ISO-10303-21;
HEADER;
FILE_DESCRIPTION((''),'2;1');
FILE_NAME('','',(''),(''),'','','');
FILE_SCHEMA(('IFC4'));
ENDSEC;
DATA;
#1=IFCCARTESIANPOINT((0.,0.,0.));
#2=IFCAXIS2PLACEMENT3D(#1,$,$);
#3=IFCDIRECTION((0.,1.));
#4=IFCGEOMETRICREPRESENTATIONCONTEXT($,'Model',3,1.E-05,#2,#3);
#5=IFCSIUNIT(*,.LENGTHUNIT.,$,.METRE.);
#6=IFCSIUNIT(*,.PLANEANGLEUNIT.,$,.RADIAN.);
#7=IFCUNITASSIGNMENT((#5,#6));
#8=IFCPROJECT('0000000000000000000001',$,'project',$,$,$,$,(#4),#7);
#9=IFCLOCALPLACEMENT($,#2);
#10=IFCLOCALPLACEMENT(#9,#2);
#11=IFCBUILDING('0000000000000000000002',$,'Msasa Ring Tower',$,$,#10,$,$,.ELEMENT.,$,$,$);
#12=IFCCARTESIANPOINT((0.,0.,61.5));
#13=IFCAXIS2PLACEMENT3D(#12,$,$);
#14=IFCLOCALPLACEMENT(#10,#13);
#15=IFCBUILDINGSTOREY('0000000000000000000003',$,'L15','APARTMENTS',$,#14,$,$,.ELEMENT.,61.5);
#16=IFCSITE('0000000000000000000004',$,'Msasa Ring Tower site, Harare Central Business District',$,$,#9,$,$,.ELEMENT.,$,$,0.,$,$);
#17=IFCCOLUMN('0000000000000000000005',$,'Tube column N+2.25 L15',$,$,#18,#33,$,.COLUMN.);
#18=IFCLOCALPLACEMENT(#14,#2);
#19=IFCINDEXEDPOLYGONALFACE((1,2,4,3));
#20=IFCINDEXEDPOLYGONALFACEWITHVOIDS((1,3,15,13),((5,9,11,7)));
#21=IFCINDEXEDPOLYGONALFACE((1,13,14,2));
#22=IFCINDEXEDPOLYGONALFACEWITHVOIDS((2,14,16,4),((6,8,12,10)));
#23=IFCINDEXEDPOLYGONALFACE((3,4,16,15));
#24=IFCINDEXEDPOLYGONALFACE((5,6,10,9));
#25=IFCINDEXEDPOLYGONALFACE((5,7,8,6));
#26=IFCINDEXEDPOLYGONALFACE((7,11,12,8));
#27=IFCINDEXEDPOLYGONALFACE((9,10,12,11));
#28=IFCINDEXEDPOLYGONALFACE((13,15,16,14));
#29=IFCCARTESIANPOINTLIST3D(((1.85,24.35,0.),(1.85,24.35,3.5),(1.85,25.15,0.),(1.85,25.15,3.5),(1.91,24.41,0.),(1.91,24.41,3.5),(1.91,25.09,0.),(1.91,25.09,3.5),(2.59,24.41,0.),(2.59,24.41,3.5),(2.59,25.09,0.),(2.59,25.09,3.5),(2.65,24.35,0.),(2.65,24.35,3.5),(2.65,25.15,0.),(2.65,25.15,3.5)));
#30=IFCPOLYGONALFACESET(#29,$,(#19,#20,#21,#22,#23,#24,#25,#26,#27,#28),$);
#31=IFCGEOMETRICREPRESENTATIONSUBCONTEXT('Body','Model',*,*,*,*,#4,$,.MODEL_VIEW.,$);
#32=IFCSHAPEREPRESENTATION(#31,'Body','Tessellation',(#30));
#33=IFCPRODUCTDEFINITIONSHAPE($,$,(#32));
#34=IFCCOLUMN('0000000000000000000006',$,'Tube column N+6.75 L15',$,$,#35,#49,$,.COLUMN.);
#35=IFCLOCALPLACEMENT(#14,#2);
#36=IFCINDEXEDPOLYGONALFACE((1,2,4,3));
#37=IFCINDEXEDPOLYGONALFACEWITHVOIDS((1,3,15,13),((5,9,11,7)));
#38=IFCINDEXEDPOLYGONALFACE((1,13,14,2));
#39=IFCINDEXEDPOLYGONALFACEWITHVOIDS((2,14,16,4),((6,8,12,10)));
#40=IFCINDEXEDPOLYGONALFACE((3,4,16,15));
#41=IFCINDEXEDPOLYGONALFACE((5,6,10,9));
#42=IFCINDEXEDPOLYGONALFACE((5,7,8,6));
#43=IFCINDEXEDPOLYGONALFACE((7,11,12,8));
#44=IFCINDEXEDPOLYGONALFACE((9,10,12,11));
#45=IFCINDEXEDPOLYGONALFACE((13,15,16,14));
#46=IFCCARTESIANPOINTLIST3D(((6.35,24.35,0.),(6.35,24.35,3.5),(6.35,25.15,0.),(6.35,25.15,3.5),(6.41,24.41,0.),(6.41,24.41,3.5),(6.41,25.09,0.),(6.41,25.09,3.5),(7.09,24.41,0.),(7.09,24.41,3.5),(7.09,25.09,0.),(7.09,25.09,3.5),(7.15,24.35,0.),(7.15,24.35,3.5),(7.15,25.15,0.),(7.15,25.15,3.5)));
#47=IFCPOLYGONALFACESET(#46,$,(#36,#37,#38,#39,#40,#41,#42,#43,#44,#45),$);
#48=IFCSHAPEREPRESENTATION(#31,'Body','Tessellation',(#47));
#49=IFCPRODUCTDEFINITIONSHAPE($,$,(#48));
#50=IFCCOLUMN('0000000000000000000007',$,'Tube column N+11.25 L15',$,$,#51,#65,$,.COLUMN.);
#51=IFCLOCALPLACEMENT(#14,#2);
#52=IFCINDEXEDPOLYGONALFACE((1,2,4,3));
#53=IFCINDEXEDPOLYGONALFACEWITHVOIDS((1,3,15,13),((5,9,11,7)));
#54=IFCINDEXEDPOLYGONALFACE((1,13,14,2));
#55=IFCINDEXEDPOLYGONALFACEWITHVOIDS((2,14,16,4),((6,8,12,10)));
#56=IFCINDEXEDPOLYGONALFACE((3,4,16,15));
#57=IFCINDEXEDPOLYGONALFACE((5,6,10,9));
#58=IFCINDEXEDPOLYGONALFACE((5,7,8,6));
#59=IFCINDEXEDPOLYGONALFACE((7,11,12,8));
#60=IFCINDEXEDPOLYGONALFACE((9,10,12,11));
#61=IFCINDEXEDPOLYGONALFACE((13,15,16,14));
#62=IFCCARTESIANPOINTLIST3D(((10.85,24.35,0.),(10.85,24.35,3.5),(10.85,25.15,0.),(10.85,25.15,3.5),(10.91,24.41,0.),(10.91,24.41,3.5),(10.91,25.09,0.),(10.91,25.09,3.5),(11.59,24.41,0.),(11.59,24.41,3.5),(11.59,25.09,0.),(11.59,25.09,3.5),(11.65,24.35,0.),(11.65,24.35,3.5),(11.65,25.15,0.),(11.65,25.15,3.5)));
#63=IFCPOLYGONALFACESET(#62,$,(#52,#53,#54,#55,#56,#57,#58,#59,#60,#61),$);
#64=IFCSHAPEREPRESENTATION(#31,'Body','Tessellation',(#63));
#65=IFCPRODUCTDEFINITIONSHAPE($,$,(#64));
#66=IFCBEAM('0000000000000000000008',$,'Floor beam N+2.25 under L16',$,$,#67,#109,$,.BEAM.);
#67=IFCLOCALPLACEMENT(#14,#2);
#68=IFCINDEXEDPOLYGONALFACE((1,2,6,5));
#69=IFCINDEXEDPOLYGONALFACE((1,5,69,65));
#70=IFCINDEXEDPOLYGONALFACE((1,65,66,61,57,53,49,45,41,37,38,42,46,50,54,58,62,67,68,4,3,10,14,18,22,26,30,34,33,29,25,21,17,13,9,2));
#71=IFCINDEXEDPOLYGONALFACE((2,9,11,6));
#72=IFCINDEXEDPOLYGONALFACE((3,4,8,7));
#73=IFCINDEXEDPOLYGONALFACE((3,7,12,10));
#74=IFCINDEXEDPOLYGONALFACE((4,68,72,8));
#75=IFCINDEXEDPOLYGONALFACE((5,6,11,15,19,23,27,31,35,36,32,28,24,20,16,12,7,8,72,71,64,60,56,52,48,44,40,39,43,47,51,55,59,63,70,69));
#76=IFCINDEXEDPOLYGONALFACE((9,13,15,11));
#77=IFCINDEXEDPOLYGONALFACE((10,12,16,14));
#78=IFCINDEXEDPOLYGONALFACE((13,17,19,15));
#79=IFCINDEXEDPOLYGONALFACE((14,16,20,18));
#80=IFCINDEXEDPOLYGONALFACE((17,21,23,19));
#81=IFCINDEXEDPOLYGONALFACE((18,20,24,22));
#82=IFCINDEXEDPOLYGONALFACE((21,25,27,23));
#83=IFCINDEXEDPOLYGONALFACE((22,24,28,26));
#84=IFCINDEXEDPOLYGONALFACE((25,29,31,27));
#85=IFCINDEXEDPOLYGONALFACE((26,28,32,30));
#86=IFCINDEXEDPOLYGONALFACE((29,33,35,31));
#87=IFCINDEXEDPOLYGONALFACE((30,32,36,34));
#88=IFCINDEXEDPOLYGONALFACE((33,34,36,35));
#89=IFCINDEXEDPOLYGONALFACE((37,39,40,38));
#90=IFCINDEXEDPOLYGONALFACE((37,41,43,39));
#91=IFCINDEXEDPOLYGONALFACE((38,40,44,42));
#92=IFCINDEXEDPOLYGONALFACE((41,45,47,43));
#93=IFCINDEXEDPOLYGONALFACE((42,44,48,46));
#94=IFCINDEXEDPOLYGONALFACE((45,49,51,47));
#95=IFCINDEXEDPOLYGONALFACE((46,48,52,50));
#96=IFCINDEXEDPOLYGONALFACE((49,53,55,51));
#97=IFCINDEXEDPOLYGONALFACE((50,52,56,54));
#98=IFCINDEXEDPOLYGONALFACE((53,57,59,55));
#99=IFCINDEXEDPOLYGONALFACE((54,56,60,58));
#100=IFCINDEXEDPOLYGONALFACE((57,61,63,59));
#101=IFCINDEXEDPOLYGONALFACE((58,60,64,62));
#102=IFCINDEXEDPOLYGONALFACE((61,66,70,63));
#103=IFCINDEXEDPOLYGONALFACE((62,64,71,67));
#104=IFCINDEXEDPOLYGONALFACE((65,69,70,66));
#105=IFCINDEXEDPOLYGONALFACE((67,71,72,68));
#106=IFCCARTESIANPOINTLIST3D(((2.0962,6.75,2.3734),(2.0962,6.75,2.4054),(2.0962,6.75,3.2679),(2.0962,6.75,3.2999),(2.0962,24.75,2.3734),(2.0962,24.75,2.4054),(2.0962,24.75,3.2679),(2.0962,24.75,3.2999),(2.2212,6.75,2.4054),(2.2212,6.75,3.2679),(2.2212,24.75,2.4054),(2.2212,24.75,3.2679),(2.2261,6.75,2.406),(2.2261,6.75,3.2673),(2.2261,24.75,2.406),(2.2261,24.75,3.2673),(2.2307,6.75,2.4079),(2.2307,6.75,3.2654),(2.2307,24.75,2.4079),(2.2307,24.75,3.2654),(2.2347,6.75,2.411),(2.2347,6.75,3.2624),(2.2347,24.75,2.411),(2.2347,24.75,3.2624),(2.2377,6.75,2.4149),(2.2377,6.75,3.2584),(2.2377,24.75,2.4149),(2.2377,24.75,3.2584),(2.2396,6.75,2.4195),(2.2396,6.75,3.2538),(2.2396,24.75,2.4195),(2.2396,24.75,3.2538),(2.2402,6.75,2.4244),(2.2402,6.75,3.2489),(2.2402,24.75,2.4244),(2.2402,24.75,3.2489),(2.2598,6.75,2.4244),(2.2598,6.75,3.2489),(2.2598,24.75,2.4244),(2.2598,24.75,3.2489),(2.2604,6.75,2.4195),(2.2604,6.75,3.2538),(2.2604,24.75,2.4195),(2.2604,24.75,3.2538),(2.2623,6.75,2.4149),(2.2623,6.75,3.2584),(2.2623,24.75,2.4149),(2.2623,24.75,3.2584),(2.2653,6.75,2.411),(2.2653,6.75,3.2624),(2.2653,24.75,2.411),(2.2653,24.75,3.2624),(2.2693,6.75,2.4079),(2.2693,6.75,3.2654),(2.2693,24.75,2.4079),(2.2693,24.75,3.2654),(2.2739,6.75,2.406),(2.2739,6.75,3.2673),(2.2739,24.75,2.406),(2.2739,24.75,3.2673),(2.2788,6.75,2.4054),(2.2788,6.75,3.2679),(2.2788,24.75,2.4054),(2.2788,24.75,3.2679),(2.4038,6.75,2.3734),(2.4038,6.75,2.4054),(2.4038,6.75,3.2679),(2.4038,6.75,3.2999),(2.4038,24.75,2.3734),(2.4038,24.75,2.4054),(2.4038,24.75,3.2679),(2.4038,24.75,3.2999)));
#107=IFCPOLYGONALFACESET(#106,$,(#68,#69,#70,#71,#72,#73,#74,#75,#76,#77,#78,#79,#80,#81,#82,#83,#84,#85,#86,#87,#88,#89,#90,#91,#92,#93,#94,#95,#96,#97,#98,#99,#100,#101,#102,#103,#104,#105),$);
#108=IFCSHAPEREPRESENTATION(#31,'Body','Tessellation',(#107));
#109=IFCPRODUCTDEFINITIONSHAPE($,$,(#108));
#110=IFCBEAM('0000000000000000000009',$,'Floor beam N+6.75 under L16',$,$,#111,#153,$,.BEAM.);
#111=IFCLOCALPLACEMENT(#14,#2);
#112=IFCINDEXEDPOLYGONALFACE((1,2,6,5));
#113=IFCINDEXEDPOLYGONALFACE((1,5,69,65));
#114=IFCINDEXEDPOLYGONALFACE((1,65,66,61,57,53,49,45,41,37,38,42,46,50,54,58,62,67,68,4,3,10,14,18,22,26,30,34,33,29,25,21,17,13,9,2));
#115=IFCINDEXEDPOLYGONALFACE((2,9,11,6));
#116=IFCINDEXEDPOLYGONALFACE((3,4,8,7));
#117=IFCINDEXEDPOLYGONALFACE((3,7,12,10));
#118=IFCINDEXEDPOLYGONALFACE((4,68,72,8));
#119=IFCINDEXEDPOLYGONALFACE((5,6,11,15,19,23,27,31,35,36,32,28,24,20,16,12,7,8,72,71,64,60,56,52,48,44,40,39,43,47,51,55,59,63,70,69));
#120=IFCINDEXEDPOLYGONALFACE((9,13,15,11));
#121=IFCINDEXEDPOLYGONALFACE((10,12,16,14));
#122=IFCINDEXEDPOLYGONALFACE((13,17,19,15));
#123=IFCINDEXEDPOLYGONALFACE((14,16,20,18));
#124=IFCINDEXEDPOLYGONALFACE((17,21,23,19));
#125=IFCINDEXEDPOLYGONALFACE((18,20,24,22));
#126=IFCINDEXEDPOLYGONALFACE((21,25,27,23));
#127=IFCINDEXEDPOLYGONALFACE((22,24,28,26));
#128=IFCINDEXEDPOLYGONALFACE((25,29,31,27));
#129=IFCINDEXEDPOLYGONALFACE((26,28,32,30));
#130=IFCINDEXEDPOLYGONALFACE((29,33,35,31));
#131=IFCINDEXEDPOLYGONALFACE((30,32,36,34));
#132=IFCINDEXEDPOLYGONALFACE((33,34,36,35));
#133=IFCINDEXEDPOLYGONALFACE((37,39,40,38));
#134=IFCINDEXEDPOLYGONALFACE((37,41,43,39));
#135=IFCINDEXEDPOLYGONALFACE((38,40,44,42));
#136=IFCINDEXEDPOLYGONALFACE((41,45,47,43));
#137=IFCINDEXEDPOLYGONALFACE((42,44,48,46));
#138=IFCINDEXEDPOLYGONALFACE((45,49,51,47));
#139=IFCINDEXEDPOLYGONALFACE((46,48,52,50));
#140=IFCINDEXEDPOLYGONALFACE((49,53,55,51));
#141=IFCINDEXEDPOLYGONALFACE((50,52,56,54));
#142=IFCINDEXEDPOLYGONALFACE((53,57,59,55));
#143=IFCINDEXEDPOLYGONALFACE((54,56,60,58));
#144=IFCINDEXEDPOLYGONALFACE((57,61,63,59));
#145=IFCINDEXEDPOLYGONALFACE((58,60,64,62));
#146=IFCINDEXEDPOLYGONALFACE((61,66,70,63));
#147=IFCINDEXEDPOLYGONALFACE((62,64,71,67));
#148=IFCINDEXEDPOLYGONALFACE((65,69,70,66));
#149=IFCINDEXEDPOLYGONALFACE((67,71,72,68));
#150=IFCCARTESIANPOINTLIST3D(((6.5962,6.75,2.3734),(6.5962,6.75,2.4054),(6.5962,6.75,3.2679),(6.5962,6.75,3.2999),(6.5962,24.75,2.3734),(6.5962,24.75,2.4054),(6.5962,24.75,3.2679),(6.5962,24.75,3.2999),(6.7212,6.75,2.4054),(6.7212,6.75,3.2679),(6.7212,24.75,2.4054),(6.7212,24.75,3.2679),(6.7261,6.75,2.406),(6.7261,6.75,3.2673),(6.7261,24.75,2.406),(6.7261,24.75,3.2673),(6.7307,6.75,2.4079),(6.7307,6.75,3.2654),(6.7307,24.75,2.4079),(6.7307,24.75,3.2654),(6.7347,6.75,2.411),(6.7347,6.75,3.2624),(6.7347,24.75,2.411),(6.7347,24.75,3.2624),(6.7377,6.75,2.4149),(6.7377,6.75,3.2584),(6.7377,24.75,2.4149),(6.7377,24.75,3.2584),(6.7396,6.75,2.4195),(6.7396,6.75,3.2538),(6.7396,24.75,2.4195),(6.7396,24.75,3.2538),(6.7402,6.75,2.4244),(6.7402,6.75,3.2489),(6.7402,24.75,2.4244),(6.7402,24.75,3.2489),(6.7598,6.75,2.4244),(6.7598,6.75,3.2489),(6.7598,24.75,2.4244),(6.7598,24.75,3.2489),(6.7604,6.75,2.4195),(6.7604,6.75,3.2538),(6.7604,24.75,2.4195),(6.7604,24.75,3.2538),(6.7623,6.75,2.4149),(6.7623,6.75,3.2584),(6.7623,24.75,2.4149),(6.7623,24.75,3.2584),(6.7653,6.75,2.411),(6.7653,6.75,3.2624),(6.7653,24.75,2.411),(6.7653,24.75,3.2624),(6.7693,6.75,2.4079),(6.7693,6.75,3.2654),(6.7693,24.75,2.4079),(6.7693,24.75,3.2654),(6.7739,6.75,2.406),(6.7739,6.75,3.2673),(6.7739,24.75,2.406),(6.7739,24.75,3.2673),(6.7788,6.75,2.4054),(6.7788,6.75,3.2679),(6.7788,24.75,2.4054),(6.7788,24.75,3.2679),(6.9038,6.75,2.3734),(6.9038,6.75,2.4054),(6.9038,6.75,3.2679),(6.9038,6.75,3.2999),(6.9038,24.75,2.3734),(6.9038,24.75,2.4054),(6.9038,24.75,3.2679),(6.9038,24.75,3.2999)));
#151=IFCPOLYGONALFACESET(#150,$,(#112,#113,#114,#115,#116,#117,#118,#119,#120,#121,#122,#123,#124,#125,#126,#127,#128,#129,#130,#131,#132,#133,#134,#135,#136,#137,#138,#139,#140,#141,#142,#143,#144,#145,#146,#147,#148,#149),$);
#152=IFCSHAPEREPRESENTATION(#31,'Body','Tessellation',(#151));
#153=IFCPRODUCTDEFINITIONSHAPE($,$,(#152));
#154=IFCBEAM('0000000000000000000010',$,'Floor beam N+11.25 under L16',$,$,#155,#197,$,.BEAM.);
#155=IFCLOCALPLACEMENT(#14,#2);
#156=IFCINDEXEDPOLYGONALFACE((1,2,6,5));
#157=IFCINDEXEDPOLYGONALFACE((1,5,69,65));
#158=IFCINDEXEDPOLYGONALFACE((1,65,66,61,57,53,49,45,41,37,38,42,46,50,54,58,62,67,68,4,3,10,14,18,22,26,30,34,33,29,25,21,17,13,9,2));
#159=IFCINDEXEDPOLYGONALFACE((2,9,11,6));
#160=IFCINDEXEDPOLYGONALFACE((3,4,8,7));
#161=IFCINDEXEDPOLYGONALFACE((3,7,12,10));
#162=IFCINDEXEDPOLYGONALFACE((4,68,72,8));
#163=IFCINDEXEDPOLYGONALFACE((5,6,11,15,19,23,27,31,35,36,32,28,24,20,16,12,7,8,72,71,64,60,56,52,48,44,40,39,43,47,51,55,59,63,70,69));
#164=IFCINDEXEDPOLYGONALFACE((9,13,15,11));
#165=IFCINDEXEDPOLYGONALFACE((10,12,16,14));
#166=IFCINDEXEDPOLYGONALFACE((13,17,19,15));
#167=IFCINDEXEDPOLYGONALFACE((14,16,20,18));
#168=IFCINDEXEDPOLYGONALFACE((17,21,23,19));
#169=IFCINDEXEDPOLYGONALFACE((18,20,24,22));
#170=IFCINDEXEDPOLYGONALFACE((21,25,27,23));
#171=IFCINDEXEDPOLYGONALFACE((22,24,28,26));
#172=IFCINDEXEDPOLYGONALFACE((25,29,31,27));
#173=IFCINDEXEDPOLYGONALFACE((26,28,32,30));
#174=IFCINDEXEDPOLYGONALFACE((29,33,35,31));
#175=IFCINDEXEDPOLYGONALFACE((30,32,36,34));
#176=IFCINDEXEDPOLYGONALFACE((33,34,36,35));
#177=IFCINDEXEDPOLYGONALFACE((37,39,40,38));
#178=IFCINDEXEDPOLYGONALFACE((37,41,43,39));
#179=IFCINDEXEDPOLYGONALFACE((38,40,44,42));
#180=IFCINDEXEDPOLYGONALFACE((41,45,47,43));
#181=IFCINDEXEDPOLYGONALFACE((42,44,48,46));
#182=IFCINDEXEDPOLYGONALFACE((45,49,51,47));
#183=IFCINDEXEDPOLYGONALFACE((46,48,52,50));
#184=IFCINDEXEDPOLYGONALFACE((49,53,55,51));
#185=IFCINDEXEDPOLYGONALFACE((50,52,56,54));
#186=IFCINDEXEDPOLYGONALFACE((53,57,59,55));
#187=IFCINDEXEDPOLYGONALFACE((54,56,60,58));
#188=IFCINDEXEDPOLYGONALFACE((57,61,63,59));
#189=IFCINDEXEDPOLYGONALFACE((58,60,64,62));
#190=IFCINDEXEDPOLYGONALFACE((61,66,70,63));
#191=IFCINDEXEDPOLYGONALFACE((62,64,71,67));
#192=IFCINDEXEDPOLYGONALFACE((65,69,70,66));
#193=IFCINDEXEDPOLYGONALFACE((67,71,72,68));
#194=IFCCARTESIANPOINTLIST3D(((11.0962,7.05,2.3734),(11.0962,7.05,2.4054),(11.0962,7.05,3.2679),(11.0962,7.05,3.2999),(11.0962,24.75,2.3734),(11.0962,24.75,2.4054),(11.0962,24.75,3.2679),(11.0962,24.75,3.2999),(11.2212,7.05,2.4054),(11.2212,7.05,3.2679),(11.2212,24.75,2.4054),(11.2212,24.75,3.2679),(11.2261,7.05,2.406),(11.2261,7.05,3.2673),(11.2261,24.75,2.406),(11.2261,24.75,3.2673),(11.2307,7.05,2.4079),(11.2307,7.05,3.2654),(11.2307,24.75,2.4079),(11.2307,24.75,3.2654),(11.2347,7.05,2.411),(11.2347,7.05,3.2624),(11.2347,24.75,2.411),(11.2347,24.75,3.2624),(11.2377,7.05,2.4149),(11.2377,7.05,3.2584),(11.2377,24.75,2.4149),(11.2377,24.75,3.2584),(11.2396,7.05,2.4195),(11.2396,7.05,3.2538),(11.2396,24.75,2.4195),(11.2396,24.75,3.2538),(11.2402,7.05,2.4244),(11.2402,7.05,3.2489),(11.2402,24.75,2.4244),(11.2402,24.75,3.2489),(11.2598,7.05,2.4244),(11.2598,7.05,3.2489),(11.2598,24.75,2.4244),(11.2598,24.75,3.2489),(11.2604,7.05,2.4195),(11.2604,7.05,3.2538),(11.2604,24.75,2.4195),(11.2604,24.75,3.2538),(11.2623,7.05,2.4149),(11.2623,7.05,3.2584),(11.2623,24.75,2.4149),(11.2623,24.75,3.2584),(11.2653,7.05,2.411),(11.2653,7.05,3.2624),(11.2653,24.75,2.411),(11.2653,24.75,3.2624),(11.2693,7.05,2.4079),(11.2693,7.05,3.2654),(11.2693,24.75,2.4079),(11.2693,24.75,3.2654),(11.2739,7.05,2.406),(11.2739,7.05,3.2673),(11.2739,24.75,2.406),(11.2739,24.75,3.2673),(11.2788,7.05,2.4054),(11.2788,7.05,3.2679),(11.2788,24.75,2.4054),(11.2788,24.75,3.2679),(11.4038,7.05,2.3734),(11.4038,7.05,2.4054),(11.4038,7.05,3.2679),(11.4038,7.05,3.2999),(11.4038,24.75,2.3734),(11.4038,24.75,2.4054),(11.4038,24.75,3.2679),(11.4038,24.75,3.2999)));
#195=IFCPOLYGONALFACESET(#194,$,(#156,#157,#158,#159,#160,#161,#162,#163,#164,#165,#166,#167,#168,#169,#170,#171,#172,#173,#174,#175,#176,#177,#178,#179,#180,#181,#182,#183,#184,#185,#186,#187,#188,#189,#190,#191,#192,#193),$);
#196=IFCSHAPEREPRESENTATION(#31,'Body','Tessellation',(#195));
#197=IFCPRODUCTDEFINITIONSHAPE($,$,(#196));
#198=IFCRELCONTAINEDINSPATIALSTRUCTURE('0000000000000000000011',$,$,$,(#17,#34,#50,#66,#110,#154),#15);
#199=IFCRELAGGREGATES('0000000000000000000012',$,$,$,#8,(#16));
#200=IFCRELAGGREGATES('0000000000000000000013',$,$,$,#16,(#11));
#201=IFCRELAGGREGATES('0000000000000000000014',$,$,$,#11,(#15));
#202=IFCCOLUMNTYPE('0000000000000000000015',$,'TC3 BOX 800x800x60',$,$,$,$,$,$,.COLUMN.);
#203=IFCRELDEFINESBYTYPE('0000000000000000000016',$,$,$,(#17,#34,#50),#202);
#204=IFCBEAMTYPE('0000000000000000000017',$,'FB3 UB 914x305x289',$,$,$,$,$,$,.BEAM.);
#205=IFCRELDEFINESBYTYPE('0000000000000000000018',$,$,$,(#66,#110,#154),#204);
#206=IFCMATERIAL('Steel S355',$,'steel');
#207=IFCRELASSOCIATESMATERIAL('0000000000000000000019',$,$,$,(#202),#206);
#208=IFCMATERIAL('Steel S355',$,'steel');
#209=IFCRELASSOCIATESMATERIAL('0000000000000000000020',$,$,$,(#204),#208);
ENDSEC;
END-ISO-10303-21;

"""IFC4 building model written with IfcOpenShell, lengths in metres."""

from ifc_helpers import new_model, si_unit, direction, frame, origin, origin_2d, place, context, subcontext, project, spatial, hollow_rectangle, i_section, extrude, material, material_profile, profile_set, type_object, element, save


model = new_model("IFC4")

# Units and contexts
model_context = context("Model", 3, precision=1e-05, world=origin(), true_north=direction((0.0, 1.0)))
body_context = subcontext(model_context, "Body", "Model", "MODEL_VIEW")
ifc_project = project(units=[si_unit("LENGTHUNIT", "METRE"), si_unit("PLANEANGLEUNIT", "RADIAN")], contexts=[model_context])

# Site, building, storey
site_placement = place(None, origin())
site = spatial("IfcSite", under=ifc_project, at=site_placement, Name="Msasa Ring Tower site, Harare Central Business District", CompositionType="ELEMENT", RefElevation=0.0)
building_placement = place(site_placement, origin())
building = spatial("IfcBuilding", under=site, at=building_placement, Name="Msasa Ring Tower", CompositionType="ELEMENT")
storey_placement = place(building_placement, frame((0.0, 0.0, 61.5)))
storey = spatial("IfcBuildingStorey", under=building, at=storey_placement, Name="L15", Description="APARTMENTS", CompositionType="ELEMENT", Elevation=61.5)

# Columns
ifc_material_1 = material(Name="Steel S355", Category="steel")
ifc_material_profile_1 = material_profile(ifc_material_1, hollow_rectangle(XDim=0.8, YDim=0.8, WallThickness=0.0601, at=origin_2d()), Name="BOX 800x800x60")
ifc_profile_set_1 = profile_set([ifc_material_profile_1], Name="Steel S355")
column_type = type_object("IfcColumnType", Name="TC3 BOX 800x800x60", PredefinedType="COLUMN", material=ifc_profile_set_1)
for number, where, z_axis, x_axis, name in (
    (1, (2.25, 24.75, 0.0), (0.0, 0.0, 1.0), (0.0, 1.0, 0.0), "Tube column N+2.25 L15"),
    (2, (6.75, 24.75, 0.0), (0.0, 0.0, 1.0), (0.0, 1.0, 0.0), "Tube column N+6.75 L15"),
    (3, (11.25, 24.75, 0.0), (0.0, 0.0, 1.0), (0.0, 1.0, 0.0), "Tube column N+11.25 L15"),
):
    element("IfcColumn", number, at=place(storey_placement, frame(where, z_axis=z_axis, x_axis=x_axis)), inside=storey, type_object=column_type, Name=name, PredefinedType="COLUMN", context=body_context, shape_type="SweptSolid", body=[
        extrude(hollow_rectangle(XDim=0.8, YDim=0.8, WallThickness=0.0601, at=origin_2d()), origin(), (0.0, 0.0, 1.0), 3.5),
    ])

# Beams
ifc_material_2 = material(Name="Steel S355", Category="steel")
ifc_material_profile_2 = material_profile(ifc_material_2, i_section(OverallWidth=0.3076, OverallDepth=0.9265, WebThickness=0.0195, FlangeThickness=0.032, FilletRadius=0.019, at=origin_2d()), Name="UB 914x305x289")
ifc_profile_set_2 = profile_set([ifc_material_profile_2], Name="Steel S355")
beam_type_1 = type_object("IfcBeamType", Name="FB3 UB 914x305x289", PredefinedType="BEAM", material=ifc_profile_set_2)
for number, where, z_axis, x_axis, name in (
    (4, (2.25, 24.75, 2.8367), (0.0, -1.0, 0.0), (1.0, 0.0, 0.0), "Floor beam N+2.25 under L16"),
    (5, (6.75, 24.75, 2.8367), (0.0, -1.0, 0.0), (1.0, 0.0, 0.0), "Floor beam N+6.75 under L16"),
):
    element("IfcBeam", number, at=place(storey_placement, frame(where, z_axis=z_axis, x_axis=x_axis)), inside=storey, type_object=beam_type_1, Name=name, PredefinedType="BEAM", context=body_context, shape_type="SweptSolid", body=[
        extrude(i_section(OverallWidth=0.3076, OverallDepth=0.9265, WebThickness=0.0195, FlangeThickness=0.032, FilletRadius=0.019, at=origin_2d()), origin(), (0.0, 0.0, 1.0), 18.0),
    ])
beam_placement = place(storey_placement, frame((11.25, 24.75, 2.8367), z_axis=(0.0, -1.0, 0.0), x_axis=(1.0, 0.0, 0.0)))
element("IfcBeam", 6, at=beam_placement, inside=storey, type_object=beam_type_1, Name="Floor beam N+11.25 under L16", PredefinedType="BEAM", context=body_context, shape_type="SweptSolid", body=[
    extrude(i_section(OverallWidth=0.3076, OverallDepth=0.9265, WebThickness=0.0195, FlangeThickness=0.032, FilletRadius=0.019, at=origin_2d()), origin(), (0.0, 0.0, 1.0), 17.7),
])

save(model, "model.ifc")
